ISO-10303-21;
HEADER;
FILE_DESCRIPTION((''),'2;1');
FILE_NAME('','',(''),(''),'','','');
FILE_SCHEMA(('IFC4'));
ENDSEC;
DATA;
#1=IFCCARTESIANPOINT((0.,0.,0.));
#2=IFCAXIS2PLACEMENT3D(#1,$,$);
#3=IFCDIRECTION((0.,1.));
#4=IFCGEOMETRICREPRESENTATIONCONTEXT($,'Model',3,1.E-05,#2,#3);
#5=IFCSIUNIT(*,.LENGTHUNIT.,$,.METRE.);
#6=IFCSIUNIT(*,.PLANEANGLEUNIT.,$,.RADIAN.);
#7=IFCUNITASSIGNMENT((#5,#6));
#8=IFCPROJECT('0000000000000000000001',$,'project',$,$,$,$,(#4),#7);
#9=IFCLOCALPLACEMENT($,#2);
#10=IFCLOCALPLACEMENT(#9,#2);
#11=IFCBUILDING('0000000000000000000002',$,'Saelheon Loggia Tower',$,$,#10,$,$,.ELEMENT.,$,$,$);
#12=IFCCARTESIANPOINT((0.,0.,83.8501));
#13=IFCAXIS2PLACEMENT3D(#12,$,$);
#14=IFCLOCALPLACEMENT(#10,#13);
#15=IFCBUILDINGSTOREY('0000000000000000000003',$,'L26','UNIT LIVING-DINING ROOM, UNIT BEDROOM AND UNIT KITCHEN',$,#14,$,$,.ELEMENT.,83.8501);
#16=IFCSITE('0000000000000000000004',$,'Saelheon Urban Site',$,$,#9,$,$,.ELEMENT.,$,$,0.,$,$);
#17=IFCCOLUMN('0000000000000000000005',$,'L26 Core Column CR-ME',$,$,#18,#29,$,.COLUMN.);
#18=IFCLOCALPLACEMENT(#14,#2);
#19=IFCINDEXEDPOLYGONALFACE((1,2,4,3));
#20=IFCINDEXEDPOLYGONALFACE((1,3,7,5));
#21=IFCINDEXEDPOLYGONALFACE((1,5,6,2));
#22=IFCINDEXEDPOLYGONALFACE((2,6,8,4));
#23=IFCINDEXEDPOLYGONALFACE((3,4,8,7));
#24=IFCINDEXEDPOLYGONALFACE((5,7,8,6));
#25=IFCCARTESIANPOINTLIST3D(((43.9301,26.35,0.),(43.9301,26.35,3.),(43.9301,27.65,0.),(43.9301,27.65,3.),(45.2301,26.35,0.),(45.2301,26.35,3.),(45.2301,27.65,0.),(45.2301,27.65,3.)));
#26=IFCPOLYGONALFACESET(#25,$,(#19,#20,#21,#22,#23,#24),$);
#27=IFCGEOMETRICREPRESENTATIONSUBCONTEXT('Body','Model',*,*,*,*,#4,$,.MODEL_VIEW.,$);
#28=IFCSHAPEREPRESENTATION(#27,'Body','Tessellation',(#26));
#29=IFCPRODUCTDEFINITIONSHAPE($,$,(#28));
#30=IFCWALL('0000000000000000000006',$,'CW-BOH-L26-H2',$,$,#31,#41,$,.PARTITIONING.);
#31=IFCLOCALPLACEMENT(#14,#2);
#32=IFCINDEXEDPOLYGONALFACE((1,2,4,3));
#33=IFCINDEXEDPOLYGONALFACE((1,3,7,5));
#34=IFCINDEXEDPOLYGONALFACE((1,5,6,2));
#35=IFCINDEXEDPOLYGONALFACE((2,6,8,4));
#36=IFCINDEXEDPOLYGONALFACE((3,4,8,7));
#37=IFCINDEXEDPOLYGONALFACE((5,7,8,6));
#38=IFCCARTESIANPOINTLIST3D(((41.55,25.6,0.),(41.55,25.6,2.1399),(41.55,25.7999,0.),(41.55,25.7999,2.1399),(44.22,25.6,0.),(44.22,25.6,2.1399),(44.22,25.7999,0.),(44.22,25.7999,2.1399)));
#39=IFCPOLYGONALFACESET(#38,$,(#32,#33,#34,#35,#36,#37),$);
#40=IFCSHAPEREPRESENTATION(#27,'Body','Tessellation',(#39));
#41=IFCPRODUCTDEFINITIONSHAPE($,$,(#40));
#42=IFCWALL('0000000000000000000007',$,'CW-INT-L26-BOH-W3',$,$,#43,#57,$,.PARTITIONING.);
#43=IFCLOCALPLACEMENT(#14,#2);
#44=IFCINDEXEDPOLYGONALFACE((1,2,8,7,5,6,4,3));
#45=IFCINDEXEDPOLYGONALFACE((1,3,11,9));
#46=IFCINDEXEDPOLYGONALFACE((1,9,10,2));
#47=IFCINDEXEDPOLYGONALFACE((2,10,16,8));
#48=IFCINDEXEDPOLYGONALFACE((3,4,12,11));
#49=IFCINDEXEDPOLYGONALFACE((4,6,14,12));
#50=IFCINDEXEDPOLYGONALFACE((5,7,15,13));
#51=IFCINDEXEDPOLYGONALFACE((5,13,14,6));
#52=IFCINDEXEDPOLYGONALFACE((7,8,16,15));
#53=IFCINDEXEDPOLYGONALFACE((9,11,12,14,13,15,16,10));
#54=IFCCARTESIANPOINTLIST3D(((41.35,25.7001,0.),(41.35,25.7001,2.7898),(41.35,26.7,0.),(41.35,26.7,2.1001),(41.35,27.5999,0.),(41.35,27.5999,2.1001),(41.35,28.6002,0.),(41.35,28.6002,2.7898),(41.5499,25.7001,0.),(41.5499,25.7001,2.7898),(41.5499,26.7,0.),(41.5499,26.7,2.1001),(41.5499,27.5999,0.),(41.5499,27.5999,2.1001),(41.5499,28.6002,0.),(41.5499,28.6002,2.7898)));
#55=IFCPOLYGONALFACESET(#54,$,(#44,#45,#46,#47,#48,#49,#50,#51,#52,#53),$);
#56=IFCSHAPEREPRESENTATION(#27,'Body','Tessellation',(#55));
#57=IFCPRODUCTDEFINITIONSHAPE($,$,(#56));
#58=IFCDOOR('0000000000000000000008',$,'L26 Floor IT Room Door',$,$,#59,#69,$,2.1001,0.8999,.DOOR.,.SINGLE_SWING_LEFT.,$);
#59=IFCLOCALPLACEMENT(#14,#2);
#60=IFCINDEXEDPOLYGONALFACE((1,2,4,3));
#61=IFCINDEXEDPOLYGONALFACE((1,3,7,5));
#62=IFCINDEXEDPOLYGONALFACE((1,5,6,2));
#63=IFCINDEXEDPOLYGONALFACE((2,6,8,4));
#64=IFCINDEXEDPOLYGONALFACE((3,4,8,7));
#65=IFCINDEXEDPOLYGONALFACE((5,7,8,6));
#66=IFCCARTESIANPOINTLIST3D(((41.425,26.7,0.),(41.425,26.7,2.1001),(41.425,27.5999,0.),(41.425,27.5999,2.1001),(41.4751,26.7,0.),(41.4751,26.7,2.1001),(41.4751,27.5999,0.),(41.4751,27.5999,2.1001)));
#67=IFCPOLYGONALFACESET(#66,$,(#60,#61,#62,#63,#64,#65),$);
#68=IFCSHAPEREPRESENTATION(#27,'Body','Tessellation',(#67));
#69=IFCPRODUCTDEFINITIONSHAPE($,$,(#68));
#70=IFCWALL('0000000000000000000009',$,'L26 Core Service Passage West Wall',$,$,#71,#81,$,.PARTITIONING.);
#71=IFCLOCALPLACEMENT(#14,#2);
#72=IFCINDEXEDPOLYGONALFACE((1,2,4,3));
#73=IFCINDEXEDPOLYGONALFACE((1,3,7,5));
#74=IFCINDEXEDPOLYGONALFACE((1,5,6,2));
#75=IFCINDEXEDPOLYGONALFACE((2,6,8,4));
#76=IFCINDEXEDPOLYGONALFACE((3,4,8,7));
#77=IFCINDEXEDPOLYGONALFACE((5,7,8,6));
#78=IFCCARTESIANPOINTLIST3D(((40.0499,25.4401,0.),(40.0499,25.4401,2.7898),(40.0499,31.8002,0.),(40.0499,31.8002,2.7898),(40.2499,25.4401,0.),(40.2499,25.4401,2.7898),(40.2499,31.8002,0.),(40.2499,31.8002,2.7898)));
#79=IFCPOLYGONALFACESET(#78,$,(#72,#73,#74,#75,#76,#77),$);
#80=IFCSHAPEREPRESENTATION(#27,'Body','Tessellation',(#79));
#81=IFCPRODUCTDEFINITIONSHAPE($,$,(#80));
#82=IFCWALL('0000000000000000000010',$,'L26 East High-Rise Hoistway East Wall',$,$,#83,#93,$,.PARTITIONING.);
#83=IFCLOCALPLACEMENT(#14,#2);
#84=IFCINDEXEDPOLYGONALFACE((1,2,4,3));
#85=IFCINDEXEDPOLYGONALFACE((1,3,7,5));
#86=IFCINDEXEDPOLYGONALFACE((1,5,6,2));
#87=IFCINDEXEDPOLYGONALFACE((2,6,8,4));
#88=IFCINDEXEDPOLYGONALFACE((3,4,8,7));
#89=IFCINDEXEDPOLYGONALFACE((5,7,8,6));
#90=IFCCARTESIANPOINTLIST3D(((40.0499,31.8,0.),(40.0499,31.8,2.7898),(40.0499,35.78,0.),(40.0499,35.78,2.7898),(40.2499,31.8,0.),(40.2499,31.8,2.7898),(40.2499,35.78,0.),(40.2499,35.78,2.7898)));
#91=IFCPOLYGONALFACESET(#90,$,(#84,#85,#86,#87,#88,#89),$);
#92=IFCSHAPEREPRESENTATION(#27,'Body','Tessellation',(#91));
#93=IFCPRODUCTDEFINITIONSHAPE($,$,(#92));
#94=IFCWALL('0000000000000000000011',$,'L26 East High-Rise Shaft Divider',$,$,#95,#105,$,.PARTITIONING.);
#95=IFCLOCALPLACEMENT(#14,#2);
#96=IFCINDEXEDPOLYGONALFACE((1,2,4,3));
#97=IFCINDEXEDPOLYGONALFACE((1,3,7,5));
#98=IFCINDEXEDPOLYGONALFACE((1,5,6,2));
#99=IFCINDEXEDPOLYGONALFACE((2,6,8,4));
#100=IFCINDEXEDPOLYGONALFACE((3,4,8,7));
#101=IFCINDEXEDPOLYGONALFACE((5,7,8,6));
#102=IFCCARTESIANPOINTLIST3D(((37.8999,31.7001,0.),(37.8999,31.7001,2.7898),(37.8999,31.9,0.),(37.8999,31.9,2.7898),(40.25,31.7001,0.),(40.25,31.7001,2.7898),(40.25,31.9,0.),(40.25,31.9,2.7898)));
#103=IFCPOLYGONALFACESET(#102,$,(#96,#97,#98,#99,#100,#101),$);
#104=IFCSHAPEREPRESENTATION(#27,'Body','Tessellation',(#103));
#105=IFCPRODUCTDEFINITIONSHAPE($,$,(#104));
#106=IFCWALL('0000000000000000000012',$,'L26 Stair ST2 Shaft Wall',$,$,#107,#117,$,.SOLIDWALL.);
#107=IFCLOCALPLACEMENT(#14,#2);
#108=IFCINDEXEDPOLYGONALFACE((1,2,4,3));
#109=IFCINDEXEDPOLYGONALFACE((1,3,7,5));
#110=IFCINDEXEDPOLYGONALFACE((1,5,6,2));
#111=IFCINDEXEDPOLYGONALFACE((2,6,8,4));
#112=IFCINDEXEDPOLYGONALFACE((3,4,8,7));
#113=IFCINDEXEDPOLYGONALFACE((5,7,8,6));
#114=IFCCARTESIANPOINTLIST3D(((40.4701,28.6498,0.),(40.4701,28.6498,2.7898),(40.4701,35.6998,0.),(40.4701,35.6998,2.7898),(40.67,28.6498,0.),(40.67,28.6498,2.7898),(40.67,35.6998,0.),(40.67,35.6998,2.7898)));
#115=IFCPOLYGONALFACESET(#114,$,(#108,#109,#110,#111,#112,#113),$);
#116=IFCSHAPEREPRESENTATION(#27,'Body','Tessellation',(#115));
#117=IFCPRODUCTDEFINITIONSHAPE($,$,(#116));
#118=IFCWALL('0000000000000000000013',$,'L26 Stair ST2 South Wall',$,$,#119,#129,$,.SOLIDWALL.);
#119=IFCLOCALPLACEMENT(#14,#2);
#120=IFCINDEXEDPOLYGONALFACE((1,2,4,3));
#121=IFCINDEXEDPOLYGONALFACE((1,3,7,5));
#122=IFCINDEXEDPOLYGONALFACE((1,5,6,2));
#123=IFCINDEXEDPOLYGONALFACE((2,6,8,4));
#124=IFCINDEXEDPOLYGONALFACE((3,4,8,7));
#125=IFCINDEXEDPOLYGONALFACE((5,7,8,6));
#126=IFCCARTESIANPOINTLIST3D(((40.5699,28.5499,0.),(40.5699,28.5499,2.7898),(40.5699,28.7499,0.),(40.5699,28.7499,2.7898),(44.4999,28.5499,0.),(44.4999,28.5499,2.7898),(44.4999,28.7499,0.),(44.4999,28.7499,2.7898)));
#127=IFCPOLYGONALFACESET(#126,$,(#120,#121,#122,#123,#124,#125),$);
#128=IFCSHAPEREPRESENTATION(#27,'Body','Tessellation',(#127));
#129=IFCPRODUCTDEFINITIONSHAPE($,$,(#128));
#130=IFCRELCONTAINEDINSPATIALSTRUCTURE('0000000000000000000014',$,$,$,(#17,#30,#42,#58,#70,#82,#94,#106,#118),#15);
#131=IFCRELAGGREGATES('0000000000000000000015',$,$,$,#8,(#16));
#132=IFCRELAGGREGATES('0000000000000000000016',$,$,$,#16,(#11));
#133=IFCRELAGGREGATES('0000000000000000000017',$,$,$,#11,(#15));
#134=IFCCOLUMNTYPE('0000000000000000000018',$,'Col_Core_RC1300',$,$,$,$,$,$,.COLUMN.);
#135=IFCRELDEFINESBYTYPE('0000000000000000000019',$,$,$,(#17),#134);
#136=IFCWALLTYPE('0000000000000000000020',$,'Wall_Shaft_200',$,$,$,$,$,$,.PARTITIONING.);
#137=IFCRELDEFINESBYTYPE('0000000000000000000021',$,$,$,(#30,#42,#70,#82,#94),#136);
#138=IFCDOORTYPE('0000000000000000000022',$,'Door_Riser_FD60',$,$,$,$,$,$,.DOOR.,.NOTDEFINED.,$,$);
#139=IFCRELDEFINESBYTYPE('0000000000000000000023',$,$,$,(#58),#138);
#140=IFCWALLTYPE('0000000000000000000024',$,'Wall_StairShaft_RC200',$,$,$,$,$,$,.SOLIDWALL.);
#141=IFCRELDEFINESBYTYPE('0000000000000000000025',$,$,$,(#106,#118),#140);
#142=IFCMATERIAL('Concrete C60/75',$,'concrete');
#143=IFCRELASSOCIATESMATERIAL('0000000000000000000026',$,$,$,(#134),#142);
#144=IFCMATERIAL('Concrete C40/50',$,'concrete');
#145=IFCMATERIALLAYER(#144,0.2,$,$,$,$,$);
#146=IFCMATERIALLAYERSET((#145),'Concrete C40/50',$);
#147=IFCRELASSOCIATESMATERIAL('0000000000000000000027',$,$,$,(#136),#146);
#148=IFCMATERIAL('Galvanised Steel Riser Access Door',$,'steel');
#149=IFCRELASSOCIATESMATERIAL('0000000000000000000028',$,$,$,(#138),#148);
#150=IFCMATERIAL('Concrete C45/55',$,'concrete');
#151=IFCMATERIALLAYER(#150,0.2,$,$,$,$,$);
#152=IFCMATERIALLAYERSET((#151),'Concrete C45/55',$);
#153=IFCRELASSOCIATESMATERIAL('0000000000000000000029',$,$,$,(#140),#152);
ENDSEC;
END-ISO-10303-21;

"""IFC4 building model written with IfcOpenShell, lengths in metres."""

from ifc_helpers import new_model, si_unit, direction, frame, frame_2d, origin, origin_2d, place, context, subcontext, project, spatial, rectangle, extrude, source, transform, mapped, material, layer, layer_set, material_profile, profile_set, type_object, element, fill, save


model = new_model("IFC4")

# Units and contexts
model_context = context("Model", 3, precision=1e-05, world=origin(), true_north=direction((0.0, 1.0)))
body_context = subcontext(model_context, "Body", "Model", "MODEL_VIEW")
ifc_project = project(units=[si_unit("LENGTHUNIT", "METRE"), si_unit("PLANEANGLEUNIT", "RADIAN")], contexts=[model_context])

# Site, building, storey
site_placement = place(None, origin())
site = spatial("IfcSite", under=ifc_project, at=site_placement, Name="Saelheon Urban Site", CompositionType="ELEMENT", RefElevation=0.0)
building_placement = place(site_placement, origin())
building = spatial("IfcBuilding", under=site, at=building_placement, Name="Saelheon Loggia Tower", CompositionType="ELEMENT")
storey_placement = place(building_placement, frame((0.0, 0.0, 83.8501)))
storey = spatial("IfcBuildingStorey", under=building, at=storey_placement, Name="L26", Description="UNIT LIVING-DINING ROOM, UNIT BEDROOM AND UNIT KITCHEN", CompositionType="ELEMENT", Elevation=83.8501)

# Column
ifc_material_1 = material(Name="Concrete C60/75", Category="concrete")
ifc_material_profile = material_profile(ifc_material_1, rectangle(XDim=1.3, YDim=1.3, at=origin_2d()), Name="RC-1300x1300")
ifc_profile_set = profile_set([ifc_material_profile], Name="Concrete C60/75")
column_type = type_object("IfcColumnType", Name="Col_Core_RC1300", PredefinedType="COLUMN", material=ifc_profile_set)
shared_shape_1 = source(origin(), body_context, "Body", "SweptSolid", [
    extrude(rectangle(XDim=1.3, YDim=1.3, at=origin_2d()), origin(), (0.0, 0.0, 1.0), 3.0),
])
column_placement = place(storey_placement, frame((44.5801, 27.0, 0.0), z_axis=(0.0, 0.0, 1.0), x_axis=(1.0, 0.0, 0.0)))
element("IfcColumn", 1, at=column_placement, inside=storey, type_object=column_type, Name="L26 Core Column CR-ME", PredefinedType="COLUMN", context=body_context, shape_type="MappedRepresentation", body=[
    mapped(shared_shape_1, transform((0.0, 0.0, 0.0), scale=1.0)),
])

# Wall
ifc_material_2 = material(Name="Concrete C40/50", Category="concrete")
ifc_layer_1 = layer(ifc_material_2, 0.2)
ifc_layer_set_1 = layer_set([ifc_layer_1], Name="Concrete C40/50")
wall_type_1 = type_object("IfcWallType", Name="Wall_Shaft_200", PredefinedType="PARTITIONING", material=ifc_layer_set_1)
wall_1_placement = place(storey_placement, frame((41.55, 25.7, 0.0), z_axis=(0.0, 0.0, 1.0), x_axis=(1.0, 0.0, 0.0)))
element("IfcWall", 2, at=wall_1_placement, inside=storey, type_object=wall_type_1, Name="CW-BOH-L26-H2", PredefinedType="PARTITIONING", context=body_context, shape_type="SweptSolid", body=[
    extrude(rectangle(XDim=2.6699, YDim=0.2, at=frame_2d((1.335, 0.0))), origin(), (0.0, 0.0, 1.0), 2.1399),
])

# Wall, opening, door
wall_2_placement = place(storey_placement, frame((41.45, 25.7, 0.0), z_axis=(0.0, 0.0, 1.0), x_axis=(0.0, 1.0, 0.0)))
wall_2 = element("IfcWall", 3, at=wall_2_placement, inside=storey, type_object=wall_type_1, Name="CW-INT-L26-BOH-W3", PredefinedType="PARTITIONING", context=body_context, shape_type="SweptSolid", body=[
    extrude(rectangle(XDim=2.9001, YDim=0.2, at=frame_2d((1.4502, 0.0))), origin(), (0.0, 0.0, 1.0), 2.7898),
])
opening_placement = place(wall_2_placement, frame((1.0, 0.0, 0.0)))
opening = element("IfcOpeningElement", 4, at=opening_placement, cuts=wall_2, PredefinedType="OPENING", context=body_context, shape_type="SweptSolid", body=[
    extrude(rectangle(XDim=0.8999, YDim=2.1001, at=frame_2d((0.45, 1.05))), frame((0.0, 0.1121, 0.0), z_axis=(0.0, -1.0, 0.0), x_axis=(1.0, 0.0, 0.0)), (0.0, 0.0, 1.0), 0.2239),
])
ifc_material_3 = material(Name="Galvanised Steel Riser Access Door", Category="steel")
door_type = type_object("IfcDoorType", Name="Door_Riser_FD60", OperationType="NOTDEFINED", PredefinedType="DOOR", material=ifc_material_3)
shared_shape_2 = source(origin(), body_context, "Body", "SweptSolid", [
    extrude(rectangle(XDim=0.8999, YDim=2.1001, at=frame_2d((0.45, 1.05))), frame((0.0, 0.0249, 0.0), z_axis=(0.0, -1.0, 0.0), x_axis=(1.0, 0.0, 0.0)), (0.0, 0.0, 1.0), 0.05),
])
door_placement = place(opening_placement, origin())
door = element("IfcDoor", 5, at=door_placement, inside=storey, type_object=door_type, Name="L26 Floor IT Room Door", OperationType="SINGLE_SWING_LEFT", OverallHeight=2.1001, OverallWidth=0.8999, PredefinedType="DOOR", context=body_context, shape_type="MappedRepresentation", body=[
    mapped(shared_shape_2, transform((0.0, 0.0, 0.0), scale=1.0)),
])
fill(opening, door)

# Walls
wall_3_placement = place(storey_placement, frame((40.1499, 25.4399, 0.0), z_axis=(0.0, 0.0, 1.0), x_axis=(0.0, 1.0, 0.0)))
element("IfcWall", 6, at=wall_3_placement, inside=storey, type_object=wall_type_1, Name="L26 Core Service Passage West Wall", PredefinedType="PARTITIONING", context=body_context, shape_type="SweptSolid", body=[
    extrude(rectangle(XDim=6.3601, YDim=0.2, at=frame_2d((3.1802, 0.0))), origin(), (0.0, 0.0, 1.0), 2.7898),
])
wall_4_placement = place(storey_placement, frame((40.1499, 31.8, 0.0), z_axis=(0.0, 0.0, 1.0), x_axis=(0.0, 1.0, 0.0)))
element("IfcWall", 7, at=wall_4_placement, inside=storey, type_object=wall_type_1, Name="L26 East High-Rise Hoistway East Wall", PredefinedType="PARTITIONING", context=body_context, shape_type="SweptSolid", body=[
    extrude(rectangle(XDim=3.98, YDim=0.2, at=frame_2d((1.99, 0.0))), origin(), (0.0, 0.0, 1.0), 2.7898),
])
wall_5_placement = place(storey_placement, frame((37.8999, 31.8, 0.0), z_axis=(0.0, 0.0, 1.0), x_axis=(1.0, 0.0, 0.0)))
element("IfcWall", 8, at=wall_5_placement, inside=storey, type_object=wall_type_1, Name="L26 East High-Rise Shaft Divider", PredefinedType="PARTITIONING", context=body_context, shape_type="SweptSolid", body=[
    extrude(rectangle(XDim=2.3501, YDim=0.2, at=frame_2d((1.175, 0.0))), origin(), (0.0, 0.0, 1.0), 2.7898),
])
ifc_material_4 = material(Name="Concrete C45/55", Category="concrete")
ifc_layer_2 = layer(ifc_material_4, 0.2)
ifc_layer_set_2 = layer_set([ifc_layer_2], Name="Concrete C45/55")
wall_type_2 = type_object("IfcWallType", Name="Wall_StairShaft_RC200", PredefinedType="SOLIDWALL", material=ifc_layer_set_2)
wall_6_placement = place(storey_placement, frame((40.5701, 28.6499, 0.0), z_axis=(0.0, 0.0, 1.0), x_axis=(0.0, 1.0, 0.0)))
element("IfcWall", 9, at=wall_6_placement, inside=storey, type_object=wall_type_2, Name="L26 Stair ST2 Shaft Wall", PredefinedType="SOLIDWALL", context=body_context, shape_type="SweptSolid", body=[
    extrude(rectangle(XDim=7.05, YDim=0.2, at=frame_2d((3.5249, 0.0))), origin(), (0.0, 0.0, 1.0), 2.7898),
])
wall_7_placement = place(storey_placement, frame((40.5701, 28.6499, 0.0), z_axis=(0.0, 0.0, 1.0), x_axis=(1.0, 0.0, 0.0)))
element("IfcWall", 10, at=wall_7_placement, inside=storey, type_object=wall_type_2, Name="L26 Stair ST2 South Wall", PredefinedType="SOLIDWALL", context=body_context, shape_type="SweptSolid", body=[
    extrude(rectangle(XDim=3.9299, YDim=0.2, at=frame_2d((1.9648, 0.0))), origin(), (0.0, 0.0, 1.0), 2.7898),
])

save(model, "model.ifc")
